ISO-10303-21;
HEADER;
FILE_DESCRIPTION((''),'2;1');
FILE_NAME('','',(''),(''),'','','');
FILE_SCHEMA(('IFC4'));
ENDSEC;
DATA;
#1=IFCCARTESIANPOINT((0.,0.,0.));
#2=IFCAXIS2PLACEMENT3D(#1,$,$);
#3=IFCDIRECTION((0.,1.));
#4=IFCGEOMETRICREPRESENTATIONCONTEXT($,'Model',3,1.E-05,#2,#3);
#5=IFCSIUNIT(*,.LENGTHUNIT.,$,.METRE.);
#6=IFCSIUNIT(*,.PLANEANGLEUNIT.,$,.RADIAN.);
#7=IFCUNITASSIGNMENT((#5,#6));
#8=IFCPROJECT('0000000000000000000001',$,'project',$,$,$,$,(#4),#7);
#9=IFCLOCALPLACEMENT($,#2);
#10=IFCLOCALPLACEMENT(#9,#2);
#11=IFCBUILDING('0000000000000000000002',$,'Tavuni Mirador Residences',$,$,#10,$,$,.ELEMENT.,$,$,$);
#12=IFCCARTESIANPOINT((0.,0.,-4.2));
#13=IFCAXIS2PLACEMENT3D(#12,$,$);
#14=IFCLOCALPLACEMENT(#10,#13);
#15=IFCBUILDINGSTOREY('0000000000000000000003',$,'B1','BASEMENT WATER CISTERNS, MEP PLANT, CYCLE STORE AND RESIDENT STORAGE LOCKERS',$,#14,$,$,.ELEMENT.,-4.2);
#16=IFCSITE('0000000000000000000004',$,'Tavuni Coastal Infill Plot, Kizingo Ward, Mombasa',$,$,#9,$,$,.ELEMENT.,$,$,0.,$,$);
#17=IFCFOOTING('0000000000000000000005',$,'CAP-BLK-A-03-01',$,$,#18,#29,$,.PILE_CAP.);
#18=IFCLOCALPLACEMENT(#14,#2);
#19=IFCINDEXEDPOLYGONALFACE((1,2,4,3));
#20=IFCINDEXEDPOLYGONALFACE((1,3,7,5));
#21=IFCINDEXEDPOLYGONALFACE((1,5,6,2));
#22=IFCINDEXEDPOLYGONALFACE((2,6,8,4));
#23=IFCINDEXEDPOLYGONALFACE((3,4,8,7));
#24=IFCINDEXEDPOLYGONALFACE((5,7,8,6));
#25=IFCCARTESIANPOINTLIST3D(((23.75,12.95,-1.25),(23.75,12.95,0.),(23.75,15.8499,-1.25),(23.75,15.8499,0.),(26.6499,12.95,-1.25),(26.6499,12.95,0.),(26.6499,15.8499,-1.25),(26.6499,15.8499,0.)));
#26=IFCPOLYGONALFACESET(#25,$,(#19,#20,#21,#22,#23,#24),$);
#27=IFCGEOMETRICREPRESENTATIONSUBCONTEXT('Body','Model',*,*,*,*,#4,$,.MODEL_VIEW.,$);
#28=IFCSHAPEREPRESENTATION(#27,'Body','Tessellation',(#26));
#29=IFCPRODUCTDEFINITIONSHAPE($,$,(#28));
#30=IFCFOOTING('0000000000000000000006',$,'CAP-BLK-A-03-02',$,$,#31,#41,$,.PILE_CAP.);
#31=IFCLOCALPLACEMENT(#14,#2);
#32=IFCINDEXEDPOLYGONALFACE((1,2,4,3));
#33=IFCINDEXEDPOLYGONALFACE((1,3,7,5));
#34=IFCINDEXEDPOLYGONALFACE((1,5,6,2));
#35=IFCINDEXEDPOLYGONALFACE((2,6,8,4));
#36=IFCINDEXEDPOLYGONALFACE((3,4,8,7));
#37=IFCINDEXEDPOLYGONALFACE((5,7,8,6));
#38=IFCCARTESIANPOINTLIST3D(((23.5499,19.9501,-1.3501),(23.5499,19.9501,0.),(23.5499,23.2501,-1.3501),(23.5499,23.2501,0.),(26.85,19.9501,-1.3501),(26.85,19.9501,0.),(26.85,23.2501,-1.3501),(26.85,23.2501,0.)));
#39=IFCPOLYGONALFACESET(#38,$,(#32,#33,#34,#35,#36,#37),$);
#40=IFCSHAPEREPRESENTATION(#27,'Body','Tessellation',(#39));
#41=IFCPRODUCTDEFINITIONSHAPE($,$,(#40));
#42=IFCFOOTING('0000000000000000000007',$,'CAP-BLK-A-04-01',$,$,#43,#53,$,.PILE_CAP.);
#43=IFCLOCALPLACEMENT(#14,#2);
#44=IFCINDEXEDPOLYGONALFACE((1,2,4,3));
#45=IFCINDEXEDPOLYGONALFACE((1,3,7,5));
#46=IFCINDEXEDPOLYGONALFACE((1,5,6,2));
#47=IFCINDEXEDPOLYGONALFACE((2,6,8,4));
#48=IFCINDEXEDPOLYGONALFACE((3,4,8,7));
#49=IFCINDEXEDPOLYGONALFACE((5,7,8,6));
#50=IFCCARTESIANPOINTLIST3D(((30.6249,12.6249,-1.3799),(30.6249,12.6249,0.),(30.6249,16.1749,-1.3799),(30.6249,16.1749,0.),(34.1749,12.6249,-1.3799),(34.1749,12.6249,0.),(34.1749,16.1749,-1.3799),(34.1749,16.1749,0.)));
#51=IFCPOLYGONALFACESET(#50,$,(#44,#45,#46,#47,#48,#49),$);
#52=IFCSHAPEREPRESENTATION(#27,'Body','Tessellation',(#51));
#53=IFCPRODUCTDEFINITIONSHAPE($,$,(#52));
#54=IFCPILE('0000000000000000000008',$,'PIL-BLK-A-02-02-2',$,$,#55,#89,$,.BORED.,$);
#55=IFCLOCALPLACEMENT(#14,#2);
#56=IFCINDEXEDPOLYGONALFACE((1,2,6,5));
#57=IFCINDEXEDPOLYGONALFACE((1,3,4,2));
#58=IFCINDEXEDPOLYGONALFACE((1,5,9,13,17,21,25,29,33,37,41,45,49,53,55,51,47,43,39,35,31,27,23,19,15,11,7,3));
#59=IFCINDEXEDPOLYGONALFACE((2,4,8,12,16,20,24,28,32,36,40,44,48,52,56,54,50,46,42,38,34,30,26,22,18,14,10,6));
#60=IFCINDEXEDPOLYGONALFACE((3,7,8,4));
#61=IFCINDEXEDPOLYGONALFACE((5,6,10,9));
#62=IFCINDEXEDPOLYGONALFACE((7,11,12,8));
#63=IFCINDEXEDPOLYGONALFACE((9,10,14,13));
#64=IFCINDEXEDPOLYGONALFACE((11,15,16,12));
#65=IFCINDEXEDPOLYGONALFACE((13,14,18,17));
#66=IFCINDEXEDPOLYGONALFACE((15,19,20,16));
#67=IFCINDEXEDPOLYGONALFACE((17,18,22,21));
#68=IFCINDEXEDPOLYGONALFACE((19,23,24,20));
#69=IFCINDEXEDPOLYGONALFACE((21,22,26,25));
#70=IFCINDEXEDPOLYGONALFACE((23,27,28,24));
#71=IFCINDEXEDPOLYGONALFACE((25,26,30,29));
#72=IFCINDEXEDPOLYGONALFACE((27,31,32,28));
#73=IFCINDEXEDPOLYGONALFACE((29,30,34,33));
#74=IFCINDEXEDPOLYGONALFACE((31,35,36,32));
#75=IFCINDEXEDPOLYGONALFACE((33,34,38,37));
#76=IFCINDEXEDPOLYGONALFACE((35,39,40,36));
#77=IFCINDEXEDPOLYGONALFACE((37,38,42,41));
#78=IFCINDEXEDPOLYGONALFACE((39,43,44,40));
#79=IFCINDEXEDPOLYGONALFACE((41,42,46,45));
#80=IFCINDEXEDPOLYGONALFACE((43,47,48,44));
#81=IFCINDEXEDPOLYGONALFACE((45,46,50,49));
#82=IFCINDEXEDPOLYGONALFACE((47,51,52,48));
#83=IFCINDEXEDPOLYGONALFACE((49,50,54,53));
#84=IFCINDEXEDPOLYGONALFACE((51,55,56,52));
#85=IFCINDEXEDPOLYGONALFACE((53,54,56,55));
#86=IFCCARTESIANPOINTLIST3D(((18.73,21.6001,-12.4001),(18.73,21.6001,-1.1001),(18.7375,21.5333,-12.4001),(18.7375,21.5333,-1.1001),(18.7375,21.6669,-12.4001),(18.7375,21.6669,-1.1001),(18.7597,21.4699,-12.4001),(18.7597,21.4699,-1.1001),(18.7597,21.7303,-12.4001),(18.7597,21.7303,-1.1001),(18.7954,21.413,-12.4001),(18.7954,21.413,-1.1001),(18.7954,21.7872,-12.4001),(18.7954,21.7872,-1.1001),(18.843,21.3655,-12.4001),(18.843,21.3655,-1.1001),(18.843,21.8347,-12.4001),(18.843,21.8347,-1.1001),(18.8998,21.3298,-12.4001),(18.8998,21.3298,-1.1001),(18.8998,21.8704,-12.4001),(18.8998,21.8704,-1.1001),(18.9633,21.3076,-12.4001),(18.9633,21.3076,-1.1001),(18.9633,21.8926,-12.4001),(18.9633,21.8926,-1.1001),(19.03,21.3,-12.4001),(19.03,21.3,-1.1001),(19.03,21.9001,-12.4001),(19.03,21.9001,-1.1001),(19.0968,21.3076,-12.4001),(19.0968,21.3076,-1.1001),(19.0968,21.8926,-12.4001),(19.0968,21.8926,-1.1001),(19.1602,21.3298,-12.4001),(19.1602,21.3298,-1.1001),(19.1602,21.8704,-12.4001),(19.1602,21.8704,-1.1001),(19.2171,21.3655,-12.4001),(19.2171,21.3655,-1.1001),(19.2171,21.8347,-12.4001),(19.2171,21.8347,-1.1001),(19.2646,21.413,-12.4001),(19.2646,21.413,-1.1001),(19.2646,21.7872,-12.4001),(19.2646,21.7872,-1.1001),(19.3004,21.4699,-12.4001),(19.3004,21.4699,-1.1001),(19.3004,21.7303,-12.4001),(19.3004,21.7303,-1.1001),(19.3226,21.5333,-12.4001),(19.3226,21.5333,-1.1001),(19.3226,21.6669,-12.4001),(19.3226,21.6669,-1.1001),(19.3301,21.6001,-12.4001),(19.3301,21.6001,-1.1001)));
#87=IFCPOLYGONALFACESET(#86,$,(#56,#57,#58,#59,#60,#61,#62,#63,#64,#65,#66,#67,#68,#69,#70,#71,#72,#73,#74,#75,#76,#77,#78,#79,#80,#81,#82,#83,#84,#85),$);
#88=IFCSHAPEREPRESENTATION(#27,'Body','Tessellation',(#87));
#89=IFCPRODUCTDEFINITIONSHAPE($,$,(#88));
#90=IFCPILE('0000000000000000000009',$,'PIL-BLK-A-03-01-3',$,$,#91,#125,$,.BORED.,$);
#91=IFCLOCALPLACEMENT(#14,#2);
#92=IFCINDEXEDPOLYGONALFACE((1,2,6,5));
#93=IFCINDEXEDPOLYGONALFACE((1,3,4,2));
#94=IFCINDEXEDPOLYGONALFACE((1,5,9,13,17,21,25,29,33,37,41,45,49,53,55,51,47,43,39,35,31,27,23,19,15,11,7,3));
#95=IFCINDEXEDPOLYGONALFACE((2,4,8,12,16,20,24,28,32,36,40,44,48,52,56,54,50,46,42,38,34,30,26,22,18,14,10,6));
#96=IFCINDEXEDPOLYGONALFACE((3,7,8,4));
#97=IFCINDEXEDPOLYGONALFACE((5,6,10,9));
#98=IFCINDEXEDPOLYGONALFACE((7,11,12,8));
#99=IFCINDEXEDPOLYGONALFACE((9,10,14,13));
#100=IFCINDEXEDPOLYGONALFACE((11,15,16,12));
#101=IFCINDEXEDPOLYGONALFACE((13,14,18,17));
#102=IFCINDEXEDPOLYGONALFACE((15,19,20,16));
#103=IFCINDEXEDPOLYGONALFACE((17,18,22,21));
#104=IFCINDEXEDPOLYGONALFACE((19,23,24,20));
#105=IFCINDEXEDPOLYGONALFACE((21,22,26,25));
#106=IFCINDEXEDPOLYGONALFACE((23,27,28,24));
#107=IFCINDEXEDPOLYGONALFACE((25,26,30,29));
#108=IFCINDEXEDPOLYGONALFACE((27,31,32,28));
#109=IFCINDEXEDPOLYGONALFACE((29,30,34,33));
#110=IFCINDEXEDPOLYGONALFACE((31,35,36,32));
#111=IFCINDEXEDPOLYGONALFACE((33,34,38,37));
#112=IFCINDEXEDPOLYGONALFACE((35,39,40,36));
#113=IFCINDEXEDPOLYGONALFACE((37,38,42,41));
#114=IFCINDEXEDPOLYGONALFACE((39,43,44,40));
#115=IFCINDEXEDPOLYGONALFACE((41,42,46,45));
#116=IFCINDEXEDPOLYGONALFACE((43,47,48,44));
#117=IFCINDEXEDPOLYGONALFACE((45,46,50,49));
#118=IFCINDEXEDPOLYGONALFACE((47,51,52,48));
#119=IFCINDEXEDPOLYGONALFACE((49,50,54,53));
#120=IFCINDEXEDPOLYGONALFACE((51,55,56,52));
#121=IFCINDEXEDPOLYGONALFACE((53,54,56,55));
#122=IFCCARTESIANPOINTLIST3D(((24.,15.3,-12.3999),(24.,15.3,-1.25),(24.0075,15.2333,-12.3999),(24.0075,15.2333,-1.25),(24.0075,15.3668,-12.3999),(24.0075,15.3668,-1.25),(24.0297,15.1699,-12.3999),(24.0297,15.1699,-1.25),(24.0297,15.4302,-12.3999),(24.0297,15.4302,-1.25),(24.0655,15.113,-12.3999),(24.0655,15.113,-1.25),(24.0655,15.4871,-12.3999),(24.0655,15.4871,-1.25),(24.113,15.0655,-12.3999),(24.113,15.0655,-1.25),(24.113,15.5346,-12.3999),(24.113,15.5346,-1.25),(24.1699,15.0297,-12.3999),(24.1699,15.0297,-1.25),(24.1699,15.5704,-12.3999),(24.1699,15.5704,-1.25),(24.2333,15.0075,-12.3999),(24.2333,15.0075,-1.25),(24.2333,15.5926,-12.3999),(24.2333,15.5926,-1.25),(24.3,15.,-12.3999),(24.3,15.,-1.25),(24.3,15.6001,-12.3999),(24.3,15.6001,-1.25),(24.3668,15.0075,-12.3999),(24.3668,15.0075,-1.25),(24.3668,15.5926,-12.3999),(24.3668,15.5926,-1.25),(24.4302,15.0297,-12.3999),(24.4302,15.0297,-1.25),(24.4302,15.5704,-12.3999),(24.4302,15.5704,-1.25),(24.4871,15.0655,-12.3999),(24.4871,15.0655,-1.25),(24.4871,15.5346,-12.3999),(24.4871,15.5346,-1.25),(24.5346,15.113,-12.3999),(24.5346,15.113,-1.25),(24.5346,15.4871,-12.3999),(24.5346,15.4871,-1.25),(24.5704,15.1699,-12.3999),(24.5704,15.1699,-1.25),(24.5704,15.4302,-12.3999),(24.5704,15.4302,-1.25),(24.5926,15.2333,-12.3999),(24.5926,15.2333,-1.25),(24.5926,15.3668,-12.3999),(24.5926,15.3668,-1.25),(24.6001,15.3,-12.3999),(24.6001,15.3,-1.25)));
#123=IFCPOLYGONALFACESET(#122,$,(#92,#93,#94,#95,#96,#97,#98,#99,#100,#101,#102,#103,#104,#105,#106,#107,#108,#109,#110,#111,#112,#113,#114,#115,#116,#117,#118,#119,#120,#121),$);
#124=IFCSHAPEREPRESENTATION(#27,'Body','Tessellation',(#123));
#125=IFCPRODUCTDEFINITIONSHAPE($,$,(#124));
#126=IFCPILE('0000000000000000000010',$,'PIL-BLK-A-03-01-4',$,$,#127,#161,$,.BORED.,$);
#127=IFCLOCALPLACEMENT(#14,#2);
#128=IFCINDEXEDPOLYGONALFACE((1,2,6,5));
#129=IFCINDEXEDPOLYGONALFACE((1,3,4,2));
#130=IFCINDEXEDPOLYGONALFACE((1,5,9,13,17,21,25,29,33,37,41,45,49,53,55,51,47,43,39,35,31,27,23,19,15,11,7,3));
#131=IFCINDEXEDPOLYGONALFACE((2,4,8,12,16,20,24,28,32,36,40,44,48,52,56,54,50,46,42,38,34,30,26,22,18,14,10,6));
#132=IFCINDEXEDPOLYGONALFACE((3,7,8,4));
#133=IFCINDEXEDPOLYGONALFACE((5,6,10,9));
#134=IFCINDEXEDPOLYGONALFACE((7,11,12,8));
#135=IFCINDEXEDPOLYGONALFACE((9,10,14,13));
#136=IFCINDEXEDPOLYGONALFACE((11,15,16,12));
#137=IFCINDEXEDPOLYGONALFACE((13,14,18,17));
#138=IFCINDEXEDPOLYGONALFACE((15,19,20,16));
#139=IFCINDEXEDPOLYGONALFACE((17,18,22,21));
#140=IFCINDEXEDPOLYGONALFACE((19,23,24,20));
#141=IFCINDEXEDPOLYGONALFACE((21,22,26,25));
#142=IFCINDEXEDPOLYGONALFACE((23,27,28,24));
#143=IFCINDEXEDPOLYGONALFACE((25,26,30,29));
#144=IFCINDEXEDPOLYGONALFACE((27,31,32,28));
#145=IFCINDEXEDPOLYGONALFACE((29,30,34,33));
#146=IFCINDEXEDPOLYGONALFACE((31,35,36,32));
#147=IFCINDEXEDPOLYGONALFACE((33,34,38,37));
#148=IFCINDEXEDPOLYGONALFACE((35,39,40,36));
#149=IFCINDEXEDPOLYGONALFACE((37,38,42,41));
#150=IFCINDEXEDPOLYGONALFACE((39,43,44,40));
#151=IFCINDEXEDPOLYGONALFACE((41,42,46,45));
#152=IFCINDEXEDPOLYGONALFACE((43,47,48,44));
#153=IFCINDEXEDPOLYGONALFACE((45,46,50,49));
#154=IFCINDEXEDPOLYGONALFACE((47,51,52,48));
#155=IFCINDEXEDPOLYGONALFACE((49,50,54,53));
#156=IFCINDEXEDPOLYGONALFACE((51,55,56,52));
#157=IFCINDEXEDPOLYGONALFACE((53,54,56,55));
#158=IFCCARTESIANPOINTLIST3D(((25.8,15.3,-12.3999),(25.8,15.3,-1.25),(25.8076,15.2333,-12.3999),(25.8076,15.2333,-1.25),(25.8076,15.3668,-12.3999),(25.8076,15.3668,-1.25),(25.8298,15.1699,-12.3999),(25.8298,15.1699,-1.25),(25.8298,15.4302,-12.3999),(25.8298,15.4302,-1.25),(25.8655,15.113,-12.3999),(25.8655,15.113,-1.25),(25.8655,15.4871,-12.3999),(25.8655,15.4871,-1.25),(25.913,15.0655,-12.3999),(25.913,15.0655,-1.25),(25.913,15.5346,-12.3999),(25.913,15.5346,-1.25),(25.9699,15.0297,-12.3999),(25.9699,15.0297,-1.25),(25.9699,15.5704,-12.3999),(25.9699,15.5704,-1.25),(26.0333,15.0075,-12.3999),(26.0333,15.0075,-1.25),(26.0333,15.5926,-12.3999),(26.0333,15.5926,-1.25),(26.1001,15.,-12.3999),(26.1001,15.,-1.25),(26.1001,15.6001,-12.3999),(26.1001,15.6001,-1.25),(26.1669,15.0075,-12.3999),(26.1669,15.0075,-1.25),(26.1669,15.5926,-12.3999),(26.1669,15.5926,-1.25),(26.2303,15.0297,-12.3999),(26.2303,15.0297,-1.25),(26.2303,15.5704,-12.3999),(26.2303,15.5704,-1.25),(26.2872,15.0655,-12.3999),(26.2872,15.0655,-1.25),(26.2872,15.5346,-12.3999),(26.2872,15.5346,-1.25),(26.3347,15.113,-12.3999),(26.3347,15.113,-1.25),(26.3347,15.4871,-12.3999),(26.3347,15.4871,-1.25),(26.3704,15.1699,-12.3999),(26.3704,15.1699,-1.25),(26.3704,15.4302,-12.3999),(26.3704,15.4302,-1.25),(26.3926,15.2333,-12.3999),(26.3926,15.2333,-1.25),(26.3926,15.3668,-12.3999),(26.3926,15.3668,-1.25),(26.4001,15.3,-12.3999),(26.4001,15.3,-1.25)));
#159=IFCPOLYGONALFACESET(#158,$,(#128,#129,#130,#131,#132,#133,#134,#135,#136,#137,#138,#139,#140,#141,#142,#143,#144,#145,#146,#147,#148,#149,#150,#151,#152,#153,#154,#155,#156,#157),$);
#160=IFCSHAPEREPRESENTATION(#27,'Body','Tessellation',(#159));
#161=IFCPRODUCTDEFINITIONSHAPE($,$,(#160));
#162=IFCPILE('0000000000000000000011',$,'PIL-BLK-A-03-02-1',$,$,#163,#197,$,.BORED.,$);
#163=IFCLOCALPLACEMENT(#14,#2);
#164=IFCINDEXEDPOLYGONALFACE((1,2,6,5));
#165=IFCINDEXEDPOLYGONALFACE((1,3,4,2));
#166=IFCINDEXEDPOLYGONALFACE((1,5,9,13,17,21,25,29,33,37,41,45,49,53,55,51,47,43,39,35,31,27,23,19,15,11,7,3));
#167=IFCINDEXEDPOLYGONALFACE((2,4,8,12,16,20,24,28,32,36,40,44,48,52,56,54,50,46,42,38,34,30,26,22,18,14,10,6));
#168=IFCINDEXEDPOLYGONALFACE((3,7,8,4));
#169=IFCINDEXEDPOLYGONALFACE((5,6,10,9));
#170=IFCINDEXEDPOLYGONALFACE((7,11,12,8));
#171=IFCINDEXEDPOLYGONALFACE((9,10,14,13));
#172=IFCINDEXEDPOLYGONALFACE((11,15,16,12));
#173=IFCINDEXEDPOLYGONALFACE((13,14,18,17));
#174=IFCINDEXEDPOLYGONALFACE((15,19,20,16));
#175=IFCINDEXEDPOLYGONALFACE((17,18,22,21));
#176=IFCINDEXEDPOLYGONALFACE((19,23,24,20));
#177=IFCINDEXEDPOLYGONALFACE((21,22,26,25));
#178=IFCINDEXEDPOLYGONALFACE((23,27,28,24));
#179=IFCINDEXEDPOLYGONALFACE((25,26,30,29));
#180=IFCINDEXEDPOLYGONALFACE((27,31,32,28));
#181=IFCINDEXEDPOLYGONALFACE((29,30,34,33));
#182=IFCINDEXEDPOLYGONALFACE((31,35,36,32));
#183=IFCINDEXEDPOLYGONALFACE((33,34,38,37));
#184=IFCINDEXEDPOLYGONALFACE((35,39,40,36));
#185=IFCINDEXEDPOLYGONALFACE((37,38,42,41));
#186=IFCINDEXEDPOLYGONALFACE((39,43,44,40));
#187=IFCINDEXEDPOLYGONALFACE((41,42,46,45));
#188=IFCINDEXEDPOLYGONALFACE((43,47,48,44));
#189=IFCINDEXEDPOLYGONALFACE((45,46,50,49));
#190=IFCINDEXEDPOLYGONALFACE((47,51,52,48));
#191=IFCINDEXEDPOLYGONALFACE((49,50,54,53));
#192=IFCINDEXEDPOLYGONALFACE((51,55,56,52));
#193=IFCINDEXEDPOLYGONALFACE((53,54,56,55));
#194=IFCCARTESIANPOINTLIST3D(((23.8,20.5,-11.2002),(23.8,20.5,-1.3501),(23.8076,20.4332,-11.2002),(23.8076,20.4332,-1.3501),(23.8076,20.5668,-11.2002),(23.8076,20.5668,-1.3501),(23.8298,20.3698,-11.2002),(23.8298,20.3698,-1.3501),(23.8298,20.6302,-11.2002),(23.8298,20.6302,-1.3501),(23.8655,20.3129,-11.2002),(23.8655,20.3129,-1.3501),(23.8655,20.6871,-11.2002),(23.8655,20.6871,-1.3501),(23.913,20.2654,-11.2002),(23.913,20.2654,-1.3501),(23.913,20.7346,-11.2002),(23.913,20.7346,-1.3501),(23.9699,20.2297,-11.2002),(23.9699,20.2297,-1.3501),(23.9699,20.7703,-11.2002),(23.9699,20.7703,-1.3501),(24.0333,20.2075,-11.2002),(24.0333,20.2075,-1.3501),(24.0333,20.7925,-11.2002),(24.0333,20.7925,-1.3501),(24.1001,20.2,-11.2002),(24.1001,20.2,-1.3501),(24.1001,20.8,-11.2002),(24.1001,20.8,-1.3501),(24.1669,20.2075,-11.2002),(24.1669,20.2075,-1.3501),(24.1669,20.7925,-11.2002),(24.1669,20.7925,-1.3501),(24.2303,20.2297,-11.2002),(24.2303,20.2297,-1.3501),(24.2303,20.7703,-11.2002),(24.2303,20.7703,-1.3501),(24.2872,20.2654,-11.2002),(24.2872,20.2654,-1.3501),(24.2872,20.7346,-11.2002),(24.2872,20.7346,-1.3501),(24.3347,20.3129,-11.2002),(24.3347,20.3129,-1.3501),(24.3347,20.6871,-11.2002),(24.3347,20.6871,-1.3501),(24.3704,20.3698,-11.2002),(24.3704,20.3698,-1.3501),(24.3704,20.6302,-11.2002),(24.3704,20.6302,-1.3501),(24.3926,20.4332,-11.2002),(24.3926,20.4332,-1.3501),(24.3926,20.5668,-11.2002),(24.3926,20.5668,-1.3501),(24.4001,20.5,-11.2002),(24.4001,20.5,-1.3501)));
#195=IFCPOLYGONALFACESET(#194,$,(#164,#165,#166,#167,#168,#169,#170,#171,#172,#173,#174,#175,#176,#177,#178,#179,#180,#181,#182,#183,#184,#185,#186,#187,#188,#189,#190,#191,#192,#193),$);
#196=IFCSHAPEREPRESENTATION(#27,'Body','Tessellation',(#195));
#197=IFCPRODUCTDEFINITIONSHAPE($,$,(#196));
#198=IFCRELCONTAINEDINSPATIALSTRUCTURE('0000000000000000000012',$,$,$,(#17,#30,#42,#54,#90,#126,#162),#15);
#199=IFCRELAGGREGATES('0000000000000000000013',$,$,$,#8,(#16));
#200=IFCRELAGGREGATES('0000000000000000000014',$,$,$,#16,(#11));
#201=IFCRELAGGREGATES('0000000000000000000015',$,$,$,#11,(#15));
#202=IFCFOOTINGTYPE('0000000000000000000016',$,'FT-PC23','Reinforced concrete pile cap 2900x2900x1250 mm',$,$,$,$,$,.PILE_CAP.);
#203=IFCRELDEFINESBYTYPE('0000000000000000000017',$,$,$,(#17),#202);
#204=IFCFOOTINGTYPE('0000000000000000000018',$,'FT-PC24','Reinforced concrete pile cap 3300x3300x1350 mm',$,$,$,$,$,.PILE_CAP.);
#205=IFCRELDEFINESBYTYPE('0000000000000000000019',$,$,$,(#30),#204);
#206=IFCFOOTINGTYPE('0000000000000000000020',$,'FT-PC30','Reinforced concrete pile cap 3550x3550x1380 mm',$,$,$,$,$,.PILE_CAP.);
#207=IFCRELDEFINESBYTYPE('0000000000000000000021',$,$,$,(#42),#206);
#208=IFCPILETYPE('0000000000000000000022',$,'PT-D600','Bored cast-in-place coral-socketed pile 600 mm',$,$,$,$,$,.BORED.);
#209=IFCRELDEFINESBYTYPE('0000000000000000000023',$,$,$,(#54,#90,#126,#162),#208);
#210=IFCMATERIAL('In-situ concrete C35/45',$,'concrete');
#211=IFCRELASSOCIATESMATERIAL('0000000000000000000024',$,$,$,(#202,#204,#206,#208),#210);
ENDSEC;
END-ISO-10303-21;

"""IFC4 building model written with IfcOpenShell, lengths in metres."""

from ifc_helpers import new_model, si_unit, direction, frame, origin, origin_2d, place, context, subcontext, project, spatial, rectangle, circle, extrude, material, material_profile, profile_set, type_object, element, save


model = new_model("IFC4")

# Units and contexts
model_context = context("Model", 3, precision=1e-05, world=origin(), true_north=direction((0.0, 1.0)))
body_context = subcontext(model_context, "Body", "Model", "MODEL_VIEW")
ifc_project = project(units=[si_unit("LENGTHUNIT", "METRE"), si_unit("PLANEANGLEUNIT", "RADIAN")], contexts=[model_context])

# Site, building, storey
site_placement = place(None, origin())
site = spatial("IfcSite", under=ifc_project, at=site_placement, Name="Tavuni Coastal Infill Plot, Kizingo Ward, Mombasa", CompositionType="ELEMENT", RefElevation=0.0)
building_placement = place(site_placement, origin())
building = spatial("IfcBuilding", under=site, at=building_placement, Name="Tavuni Mirador Residences", CompositionType="ELEMENT")
storey_placement = place(building_placement, frame((0.0, 0.0, -4.2)))
storey = spatial("IfcBuildingStorey", under=building, at=storey_placement, Name="B1", Description="BASEMENT WATER CISTERNS, MEP PLANT, CYCLE STORE AND RESIDENT STORAGE LOCKERS", CompositionType="ELEMENT", Elevation=-4.2)

# Footings
ifc_material_1 = material(Name="In-situ concrete C35/45", Category="concrete")
footing_type_1 = type_object("IfcFootingType", Name="FT-PC23", Description="Reinforced concrete pile cap 2900x2900x1250 mm", PredefinedType="PILE_CAP", material=ifc_material_1)
footing_1_placement = place(storey_placement, frame((25.2, 14.3999, -1.25), z_axis=(0.0, 0.0, 1.0), x_axis=(1.0, 0.0, 0.0)))
element("IfcFooting", 1, at=footing_1_placement, inside=storey, type_object=footing_type_1, Name="CAP-BLK-A-03-01", PredefinedType="PILE_CAP", context=body_context, shape_type="SweptSolid", body=[
    extrude(rectangle(XDim=2.8999, YDim=2.8999, at=origin_2d()), origin(), (0.0, 0.0, 1.0), 1.25),
])
footing_type_2 = type_object("IfcFootingType", Name="FT-PC24", Description="Reinforced concrete pile cap 3300x3300x1350 mm", PredefinedType="PILE_CAP", material=ifc_material_1)
footing_2_placement = place(storey_placement, frame((25.2, 21.6001, -1.3501), z_axis=(0.0, 0.0, 1.0), x_axis=(1.0, 0.0, 0.0)))
element("IfcFooting", 2, at=footing_2_placement, inside=storey, type_object=footing_type_2, Name="CAP-BLK-A-03-02", PredefinedType="PILE_CAP", context=body_context, shape_type="SweptSolid", body=[
    extrude(rectangle(XDim=3.3, YDim=3.3, at=origin_2d()), origin(), (0.0, 0.0, 1.0), 1.3501),
])
footing_type_3 = type_object("IfcFootingType", Name="FT-PC30", Description="Reinforced concrete pile cap 3550x3550x1380 mm", PredefinedType="PILE_CAP", material=ifc_material_1)
footing_3_placement = place(storey_placement, frame((32.3999, 14.3999, -1.3799), z_axis=(0.0, 0.0, 1.0), x_axis=(1.0, 0.0, 0.0)))
element("IfcFooting", 3, at=footing_3_placement, inside=storey, type_object=footing_type_3, Name="CAP-BLK-A-04-01", PredefinedType="PILE_CAP", context=body_context, shape_type="SweptSolid", body=[
    extrude(rectangle(XDim=3.55, YDim=3.55, at=origin_2d()), origin(), (0.0, 0.0, 1.0), 1.3799),
])

# Piles
ifc_material_profile_1 = material_profile(ifc_material_1, circle(Radius=0.3, at=origin_2d()), Name="PILE D600", Category="concrete")
ifc_profile_set_1 = profile_set([ifc_material_profile_1], Name="In-situ concrete C35/45")
pile_type_1 = type_object("IfcPileType", Name="PT-D600", Description="Bored cast-in-place coral-socketed pile 600 mm", PredefinedType="BORED", material=ifc_profile_set_1)
pile_1_placement = place(storey_placement, frame((19.03, 21.6001, -1.1001), z_axis=(0.0, 0.0, -1.0), x_axis=(1.0, 0.0, 0.0)))
element("IfcPile", 4, at=pile_1_placement, inside=storey, type_object=pile_type_1, Name="PIL-BLK-A-02-02-2", PredefinedType="BORED", context=body_context, shape_type="SweptSolid", body=[
    extrude(circle(Radius=0.3, at=origin_2d()), origin(), (0.0, 0.0, 1.0), 11.3),
])
for number, where, z_axis, x_axis, name in (
    (5, (24.3, 15.3, -1.25), (0.0, 0.0, -1.0), (1.0, 0.0, 0.0), "PIL-BLK-A-03-01-3"),
    (6, (26.1001, 15.3, -1.25), (0.0, 0.0, -1.0), (1.0, 0.0, 0.0), "PIL-BLK-A-03-01-4"),
):
    element("IfcPile", number, at=place(storey_placement, frame(where, z_axis=z_axis, x_axis=x_axis)), inside=storey, type_object=pile_type_1, Name=name, PredefinedType="BORED", context=body_context, shape_type="SweptSolid", body=[
        extrude(circle(Radius=0.3, at=origin_2d()), origin(), (0.0, 0.0, 1.0), 11.1499),
    ])
for number, where, z_axis, x_axis, name in (
    (7, (24.1001, 20.5, -1.3501), (0.0, 0.0, -1.0), (1.0, 0.0, 0.0), "PIL-BLK-A-03-02-1"),
):
    element("IfcPile", number, at=place(storey_placement, frame(where, z_axis=z_axis, x_axis=x_axis)), inside=storey, type_object=pile_type_1, Name=name, PredefinedType="BORED", context=body_context, shape_type="SweptSolid", body=[
        extrude(circle(Radius=0.3, at=origin_2d()), origin(), (0.0, 0.0, 1.0), 9.8501),
    ])

save(model, "model.ifc")
